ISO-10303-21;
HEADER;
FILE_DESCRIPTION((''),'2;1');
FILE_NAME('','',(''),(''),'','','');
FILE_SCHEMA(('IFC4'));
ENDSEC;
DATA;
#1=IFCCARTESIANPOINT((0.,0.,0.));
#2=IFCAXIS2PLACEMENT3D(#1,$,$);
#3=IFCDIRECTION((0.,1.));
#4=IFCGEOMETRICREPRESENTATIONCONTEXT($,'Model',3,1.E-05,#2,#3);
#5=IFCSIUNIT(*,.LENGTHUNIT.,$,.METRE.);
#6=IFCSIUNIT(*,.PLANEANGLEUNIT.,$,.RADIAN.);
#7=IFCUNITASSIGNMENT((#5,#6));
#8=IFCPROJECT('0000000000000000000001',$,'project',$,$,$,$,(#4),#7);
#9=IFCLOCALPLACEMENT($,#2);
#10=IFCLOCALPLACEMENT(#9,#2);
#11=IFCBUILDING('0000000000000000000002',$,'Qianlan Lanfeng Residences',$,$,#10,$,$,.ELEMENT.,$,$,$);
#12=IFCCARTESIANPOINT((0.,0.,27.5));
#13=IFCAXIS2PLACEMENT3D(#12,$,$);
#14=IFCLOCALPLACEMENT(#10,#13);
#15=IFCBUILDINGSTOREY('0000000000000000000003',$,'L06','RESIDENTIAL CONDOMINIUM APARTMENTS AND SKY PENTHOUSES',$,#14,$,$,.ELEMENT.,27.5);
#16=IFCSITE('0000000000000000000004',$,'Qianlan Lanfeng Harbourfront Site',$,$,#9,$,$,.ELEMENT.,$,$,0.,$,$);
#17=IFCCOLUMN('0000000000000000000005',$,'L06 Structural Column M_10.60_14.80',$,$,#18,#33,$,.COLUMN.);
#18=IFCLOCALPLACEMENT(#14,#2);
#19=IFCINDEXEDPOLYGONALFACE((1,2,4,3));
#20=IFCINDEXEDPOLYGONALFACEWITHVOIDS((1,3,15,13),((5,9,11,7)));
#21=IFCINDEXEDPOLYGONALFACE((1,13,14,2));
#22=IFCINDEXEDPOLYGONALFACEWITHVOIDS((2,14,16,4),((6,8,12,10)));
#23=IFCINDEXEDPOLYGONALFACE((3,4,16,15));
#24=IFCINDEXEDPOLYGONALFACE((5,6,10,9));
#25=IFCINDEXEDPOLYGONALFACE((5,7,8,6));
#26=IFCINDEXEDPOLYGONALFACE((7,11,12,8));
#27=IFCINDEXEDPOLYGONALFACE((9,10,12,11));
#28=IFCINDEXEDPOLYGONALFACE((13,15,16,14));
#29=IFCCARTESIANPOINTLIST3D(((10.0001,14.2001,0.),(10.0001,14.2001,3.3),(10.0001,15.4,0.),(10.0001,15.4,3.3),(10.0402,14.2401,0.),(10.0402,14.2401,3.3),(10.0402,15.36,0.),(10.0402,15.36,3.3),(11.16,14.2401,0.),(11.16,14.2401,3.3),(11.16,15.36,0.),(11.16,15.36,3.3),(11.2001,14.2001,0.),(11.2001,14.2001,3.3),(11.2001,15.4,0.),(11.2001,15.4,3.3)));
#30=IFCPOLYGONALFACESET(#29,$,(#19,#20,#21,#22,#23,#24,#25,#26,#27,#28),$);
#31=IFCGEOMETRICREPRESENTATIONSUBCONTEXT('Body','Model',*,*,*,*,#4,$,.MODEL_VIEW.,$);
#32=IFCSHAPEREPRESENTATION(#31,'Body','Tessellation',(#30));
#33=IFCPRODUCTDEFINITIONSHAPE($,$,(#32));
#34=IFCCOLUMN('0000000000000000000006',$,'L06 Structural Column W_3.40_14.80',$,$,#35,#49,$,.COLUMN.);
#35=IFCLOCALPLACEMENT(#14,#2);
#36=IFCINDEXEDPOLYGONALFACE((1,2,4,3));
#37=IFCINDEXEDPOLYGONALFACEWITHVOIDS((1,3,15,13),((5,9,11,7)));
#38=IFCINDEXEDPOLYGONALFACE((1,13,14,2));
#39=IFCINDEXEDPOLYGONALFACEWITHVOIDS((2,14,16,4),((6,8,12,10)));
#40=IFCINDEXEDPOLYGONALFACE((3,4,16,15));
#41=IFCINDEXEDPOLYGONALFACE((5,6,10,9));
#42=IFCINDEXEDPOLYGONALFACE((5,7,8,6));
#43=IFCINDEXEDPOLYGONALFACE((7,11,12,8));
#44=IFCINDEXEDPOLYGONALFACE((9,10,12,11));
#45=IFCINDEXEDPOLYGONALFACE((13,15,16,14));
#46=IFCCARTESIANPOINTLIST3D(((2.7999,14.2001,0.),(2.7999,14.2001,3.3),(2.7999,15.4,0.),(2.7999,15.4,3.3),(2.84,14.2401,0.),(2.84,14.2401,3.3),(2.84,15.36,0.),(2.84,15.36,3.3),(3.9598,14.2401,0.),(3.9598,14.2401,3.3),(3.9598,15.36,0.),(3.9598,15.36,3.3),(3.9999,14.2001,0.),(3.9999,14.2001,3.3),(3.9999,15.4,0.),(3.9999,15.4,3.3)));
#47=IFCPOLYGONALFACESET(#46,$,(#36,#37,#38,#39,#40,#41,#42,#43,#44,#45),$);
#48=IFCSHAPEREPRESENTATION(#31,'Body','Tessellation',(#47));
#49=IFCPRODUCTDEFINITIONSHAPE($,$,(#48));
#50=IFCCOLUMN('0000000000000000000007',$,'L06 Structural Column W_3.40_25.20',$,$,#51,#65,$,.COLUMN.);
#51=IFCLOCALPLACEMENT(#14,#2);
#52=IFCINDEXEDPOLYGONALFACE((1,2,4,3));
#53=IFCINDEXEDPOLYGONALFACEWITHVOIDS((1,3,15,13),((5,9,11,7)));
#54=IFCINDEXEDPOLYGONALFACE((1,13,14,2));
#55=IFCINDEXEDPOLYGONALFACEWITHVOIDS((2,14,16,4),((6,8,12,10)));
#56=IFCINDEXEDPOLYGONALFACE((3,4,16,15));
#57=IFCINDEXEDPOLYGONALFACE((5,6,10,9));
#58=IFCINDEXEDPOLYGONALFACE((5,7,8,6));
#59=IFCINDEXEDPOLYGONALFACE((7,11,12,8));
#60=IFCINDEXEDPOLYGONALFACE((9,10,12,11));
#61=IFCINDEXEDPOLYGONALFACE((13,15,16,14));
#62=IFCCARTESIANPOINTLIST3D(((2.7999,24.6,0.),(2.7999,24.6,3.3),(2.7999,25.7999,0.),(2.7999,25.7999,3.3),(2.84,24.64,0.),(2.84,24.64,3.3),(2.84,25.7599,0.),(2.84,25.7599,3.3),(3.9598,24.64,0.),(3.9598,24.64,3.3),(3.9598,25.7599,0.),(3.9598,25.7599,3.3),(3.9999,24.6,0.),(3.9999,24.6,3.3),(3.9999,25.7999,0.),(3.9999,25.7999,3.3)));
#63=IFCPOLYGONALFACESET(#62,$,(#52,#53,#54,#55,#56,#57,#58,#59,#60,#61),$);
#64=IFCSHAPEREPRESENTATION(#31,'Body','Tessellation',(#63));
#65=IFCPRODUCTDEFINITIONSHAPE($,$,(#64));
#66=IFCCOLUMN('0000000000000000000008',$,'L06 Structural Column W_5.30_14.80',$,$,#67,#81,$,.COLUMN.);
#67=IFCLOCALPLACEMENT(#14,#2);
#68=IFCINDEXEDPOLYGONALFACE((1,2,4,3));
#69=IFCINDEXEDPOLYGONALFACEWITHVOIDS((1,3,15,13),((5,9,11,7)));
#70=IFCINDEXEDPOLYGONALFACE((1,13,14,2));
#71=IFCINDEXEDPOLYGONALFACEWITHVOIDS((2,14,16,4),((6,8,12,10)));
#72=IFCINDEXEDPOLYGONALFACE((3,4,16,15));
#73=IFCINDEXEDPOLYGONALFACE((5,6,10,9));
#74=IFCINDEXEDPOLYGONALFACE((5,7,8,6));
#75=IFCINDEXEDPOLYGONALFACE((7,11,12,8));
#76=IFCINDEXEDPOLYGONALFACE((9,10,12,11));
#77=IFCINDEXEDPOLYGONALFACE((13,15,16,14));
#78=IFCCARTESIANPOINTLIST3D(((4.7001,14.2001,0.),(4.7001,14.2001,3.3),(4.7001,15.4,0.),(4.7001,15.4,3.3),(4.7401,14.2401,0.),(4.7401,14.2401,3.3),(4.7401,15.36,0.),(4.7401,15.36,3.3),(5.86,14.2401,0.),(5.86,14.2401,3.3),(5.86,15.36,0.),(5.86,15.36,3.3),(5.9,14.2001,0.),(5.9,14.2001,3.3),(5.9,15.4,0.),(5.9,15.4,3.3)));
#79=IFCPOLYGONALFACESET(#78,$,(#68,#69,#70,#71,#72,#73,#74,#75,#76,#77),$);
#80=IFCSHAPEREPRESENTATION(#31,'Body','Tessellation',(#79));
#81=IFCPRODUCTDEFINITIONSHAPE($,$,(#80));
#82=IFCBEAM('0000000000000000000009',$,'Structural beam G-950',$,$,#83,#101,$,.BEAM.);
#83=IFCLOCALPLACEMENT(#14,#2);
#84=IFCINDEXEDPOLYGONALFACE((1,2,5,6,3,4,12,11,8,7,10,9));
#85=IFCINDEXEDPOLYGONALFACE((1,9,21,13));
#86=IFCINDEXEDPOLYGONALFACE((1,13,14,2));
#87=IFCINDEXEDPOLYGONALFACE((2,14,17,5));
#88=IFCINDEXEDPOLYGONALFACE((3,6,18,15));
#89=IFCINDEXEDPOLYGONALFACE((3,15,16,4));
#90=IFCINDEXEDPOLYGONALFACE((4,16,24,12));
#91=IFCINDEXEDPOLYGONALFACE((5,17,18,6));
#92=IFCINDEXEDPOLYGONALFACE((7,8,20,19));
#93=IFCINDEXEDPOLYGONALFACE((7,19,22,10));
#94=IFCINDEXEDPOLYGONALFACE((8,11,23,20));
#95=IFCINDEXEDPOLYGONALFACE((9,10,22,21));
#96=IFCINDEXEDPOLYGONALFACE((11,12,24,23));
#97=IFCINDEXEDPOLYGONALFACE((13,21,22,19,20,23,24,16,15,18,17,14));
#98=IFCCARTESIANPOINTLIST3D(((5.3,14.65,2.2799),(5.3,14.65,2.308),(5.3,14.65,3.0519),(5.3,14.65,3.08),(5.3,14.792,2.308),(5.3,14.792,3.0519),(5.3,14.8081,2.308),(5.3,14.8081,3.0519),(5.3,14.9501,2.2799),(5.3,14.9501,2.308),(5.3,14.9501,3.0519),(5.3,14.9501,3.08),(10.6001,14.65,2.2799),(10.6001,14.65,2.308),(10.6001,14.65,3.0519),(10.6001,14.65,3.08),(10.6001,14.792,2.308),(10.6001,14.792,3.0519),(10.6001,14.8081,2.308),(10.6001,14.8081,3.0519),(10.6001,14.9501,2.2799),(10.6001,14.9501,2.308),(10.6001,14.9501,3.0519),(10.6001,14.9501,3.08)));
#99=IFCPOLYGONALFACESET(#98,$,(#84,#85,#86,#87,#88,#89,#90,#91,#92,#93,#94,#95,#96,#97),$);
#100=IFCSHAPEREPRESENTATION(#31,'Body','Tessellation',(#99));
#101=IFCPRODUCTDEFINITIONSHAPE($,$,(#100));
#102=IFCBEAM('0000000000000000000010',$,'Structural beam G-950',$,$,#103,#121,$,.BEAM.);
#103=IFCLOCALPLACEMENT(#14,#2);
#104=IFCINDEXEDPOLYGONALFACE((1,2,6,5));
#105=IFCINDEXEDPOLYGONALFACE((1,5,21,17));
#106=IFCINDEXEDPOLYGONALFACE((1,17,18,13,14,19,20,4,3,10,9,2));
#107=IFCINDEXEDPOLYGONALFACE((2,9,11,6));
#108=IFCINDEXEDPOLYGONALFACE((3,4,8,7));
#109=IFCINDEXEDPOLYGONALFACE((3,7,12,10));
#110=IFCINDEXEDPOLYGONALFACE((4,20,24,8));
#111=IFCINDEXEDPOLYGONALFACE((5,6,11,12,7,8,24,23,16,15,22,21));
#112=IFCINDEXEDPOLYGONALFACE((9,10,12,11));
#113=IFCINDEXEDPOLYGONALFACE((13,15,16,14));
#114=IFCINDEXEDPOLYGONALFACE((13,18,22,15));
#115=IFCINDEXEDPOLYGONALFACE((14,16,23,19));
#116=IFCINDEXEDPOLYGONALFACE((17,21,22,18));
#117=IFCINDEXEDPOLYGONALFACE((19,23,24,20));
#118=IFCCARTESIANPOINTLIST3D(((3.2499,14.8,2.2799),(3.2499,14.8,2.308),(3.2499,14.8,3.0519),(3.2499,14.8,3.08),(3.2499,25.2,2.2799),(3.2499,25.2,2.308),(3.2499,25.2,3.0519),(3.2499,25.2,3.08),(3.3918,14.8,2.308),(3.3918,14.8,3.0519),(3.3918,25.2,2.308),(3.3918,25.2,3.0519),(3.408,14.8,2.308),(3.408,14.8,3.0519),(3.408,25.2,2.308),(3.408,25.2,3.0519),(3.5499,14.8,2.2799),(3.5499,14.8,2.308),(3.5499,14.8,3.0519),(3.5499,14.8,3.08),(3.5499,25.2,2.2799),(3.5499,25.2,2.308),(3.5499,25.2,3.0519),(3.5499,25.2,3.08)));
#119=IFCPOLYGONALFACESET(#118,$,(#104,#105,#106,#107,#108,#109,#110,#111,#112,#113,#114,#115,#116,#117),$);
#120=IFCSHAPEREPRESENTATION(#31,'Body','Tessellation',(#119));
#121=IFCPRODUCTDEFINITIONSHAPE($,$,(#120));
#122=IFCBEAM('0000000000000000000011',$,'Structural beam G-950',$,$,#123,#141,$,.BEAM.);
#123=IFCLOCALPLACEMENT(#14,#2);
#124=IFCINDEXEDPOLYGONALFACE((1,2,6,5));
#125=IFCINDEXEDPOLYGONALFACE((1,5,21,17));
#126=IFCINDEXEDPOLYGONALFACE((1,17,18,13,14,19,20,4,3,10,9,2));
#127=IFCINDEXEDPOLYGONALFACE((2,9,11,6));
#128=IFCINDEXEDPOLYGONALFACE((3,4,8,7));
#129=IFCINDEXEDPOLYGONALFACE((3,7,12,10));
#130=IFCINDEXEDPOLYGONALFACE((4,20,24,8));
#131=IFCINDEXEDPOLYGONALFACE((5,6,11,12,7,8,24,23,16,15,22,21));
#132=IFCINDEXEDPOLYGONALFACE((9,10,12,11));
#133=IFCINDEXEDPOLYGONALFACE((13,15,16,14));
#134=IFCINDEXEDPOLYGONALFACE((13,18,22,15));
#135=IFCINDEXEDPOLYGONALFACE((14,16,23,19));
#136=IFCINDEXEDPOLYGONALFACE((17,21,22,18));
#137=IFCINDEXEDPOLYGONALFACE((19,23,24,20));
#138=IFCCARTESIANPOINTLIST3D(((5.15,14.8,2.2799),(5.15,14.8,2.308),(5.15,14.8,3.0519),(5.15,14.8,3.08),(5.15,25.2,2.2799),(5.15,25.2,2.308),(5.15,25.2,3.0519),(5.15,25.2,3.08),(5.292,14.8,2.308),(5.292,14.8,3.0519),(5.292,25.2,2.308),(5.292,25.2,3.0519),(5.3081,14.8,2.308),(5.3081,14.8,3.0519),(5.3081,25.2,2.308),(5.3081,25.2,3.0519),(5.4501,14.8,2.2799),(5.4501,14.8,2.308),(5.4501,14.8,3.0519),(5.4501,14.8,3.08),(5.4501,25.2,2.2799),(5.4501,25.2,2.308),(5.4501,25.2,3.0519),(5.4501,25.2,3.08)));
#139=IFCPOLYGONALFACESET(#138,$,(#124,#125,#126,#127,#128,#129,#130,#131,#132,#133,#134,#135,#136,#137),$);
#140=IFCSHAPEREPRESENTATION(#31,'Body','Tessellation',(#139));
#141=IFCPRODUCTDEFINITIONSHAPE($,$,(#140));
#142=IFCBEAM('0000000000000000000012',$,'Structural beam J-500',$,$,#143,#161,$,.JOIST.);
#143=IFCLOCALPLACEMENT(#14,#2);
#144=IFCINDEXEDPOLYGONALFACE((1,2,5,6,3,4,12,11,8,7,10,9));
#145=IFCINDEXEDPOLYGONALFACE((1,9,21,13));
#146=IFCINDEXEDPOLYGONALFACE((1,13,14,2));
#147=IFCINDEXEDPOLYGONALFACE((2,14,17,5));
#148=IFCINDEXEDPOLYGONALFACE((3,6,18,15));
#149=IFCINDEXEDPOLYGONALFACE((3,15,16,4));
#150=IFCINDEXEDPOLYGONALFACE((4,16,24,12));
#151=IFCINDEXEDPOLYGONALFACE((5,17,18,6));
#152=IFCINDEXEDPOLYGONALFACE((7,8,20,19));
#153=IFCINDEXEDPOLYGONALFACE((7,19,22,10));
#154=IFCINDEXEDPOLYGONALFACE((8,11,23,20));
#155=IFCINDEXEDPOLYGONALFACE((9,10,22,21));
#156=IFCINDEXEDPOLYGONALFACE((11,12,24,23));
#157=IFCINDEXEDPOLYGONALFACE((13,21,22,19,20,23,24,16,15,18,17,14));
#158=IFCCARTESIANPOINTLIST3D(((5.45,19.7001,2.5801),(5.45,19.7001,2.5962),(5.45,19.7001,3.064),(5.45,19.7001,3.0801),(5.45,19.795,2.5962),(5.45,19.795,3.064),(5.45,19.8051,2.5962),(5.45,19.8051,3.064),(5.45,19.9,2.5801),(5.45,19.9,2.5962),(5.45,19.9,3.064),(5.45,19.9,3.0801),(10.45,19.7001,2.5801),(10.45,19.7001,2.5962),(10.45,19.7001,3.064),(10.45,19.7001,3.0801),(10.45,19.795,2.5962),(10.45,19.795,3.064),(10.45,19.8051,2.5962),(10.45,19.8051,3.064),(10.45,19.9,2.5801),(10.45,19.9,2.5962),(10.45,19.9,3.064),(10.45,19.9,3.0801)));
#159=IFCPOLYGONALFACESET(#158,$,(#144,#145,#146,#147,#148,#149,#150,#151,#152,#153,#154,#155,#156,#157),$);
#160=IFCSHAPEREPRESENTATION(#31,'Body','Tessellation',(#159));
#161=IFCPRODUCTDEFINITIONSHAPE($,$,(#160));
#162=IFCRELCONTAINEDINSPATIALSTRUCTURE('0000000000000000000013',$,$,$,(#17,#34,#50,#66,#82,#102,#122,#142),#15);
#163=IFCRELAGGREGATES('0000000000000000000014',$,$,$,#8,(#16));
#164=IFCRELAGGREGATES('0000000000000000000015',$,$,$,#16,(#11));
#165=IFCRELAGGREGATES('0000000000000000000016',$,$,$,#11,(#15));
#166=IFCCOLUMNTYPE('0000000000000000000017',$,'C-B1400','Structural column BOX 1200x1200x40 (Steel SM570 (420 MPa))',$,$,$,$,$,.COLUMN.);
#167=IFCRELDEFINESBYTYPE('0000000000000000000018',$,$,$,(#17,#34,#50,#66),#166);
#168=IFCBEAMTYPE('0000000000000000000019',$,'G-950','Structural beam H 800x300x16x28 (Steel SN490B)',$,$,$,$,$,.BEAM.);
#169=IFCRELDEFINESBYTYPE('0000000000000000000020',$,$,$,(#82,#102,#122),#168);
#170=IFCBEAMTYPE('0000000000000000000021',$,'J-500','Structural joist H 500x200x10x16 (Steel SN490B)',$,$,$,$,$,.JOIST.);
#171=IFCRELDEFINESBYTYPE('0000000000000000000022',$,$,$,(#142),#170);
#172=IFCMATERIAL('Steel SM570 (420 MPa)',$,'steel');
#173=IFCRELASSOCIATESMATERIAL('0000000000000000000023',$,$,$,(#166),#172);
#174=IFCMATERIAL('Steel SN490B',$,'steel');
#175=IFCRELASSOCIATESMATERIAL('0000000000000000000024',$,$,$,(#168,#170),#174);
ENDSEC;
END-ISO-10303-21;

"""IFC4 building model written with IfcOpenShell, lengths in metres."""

from ifc_helpers import new_model, si_unit, direction, frame, origin, origin_2d, place, context, subcontext, project, spatial, hollow_rectangle, i_section, extrude, material, material_profile, profile_set, type_object, element, save


model = new_model("IFC4")

# Units and contexts
model_context = context("Model", 3, precision=1e-05, world=origin(), true_north=direction((0.0, 1.0)))
body_context = subcontext(model_context, "Body", "Model", "MODEL_VIEW")
ifc_project = project(units=[si_unit("LENGTHUNIT", "METRE"), si_unit("PLANEANGLEUNIT", "RADIAN")], contexts=[model_context])

# Site, building, storey
site_placement = place(None, origin())
site = spatial("IfcSite", under=ifc_project, at=site_placement, Name="Qianlan Lanfeng Harbourfront Site", CompositionType="ELEMENT", RefElevation=0.0)
building_placement = place(site_placement, origin())
building = spatial("IfcBuilding", under=site, at=building_placement, Name="Qianlan Lanfeng Residences", CompositionType="ELEMENT")
storey_placement = place(building_placement, frame((0.0, 0.0, 27.5)))
storey = spatial("IfcBuildingStorey", under=building, at=storey_placement, Name="L06", Description="RESIDENTIAL CONDOMINIUM APARTMENTS AND SKY PENTHOUSES", CompositionType="ELEMENT", Elevation=27.5)

# Columns
ifc_material_1 = material(Name="Steel SM570 (420 MPa)", Category="steel")
ifc_material_profile_1 = material_profile(ifc_material_1, hollow_rectangle(XDim=1.2, YDim=1.2, WallThickness=0.04, at=origin_2d()), Name="BOX 1200x1200x40")
ifc_profile_set_1 = profile_set([ifc_material_profile_1], Name="Steel SM570 (420 MPa)")
column_type = type_object("IfcColumnType", Name="C-B1400", Description="Structural column BOX 1200x1200x40 (Steel SM570 (420 MPa))", PredefinedType="COLUMN", material=ifc_profile_set_1)
for number, where, z_axis, x_axis, name in (
    (1, (10.6001, 14.8, 0.0), (0.0, 0.0, 1.0), (1.0, 0.0, 0.0), "L06 Structural Column M_10.60_14.80"),
    (2, (3.3999, 14.8, 0.0), (0.0, 0.0, 1.0), (1.0, 0.0, 0.0), "L06 Structural Column W_3.40_14.80"),
    (3, (3.3999, 25.2, 0.0), (0.0, 0.0, 1.0), (1.0, 0.0, 0.0), "L06 Structural Column W_3.40_25.20"),
    (4, (5.3, 14.8, 0.0), (0.0, 0.0, 1.0), (1.0, 0.0, 0.0), "L06 Structural Column W_5.30_14.80"),
):
    element("IfcColumn", number, at=place(storey_placement, frame(where, z_axis=z_axis, x_axis=x_axis)), inside=storey, type_object=column_type, Name=name, PredefinedType="COLUMN", context=body_context, shape_type="SweptSolid", body=[
        extrude(hollow_rectangle(XDim=1.2, YDim=1.2, WallThickness=0.04, at=origin_2d()), origin(), (0.0, 0.0, 1.0), 3.3),
    ])

# Beams
ifc_material_2 = material(Name="Steel SN490B", Category="steel")
ifc_material_profile_2 = material_profile(ifc_material_2, i_section(OverallWidth=0.3, OverallDepth=0.8, WebThickness=0.0161, FlangeThickness=0.0281, at=origin_2d()), Name="H 800x300x16x28")
ifc_profile_set_2 = profile_set([ifc_material_profile_2], Name="Steel SN490B")
beam_type_1 = type_object("IfcBeamType", Name="G-950", Description="Structural beam H 800x300x16x28 (Steel SN490B)", PredefinedType="BEAM", material=ifc_profile_set_2)
beam_1_placement = place(storey_placement, frame((5.3, 14.8, 2.6799), z_axis=(1.0, 0.0, 0.0), x_axis=(0.0, 1.0, 0.0)))
element("IfcBeam", 5, at=beam_1_placement, inside=storey, type_object=beam_type_1, Name="Structural beam G-950", PredefinedType="BEAM", context=body_context, shape_type="SweptSolid", body=[
    extrude(i_section(OverallWidth=0.3, OverallDepth=0.8, WebThickness=0.0161, FlangeThickness=0.0281, at=origin_2d()), origin(), (0.0, 0.0, 1.0), 5.3),
])
for number, where, z_axis, x_axis, name in (
    (6, (3.3999, 14.8, 2.6799), (0.0, 1.0, 0.0), (-1.0, 0.0, 0.0), "Structural beam G-950"),
    (7, (5.3, 14.8, 2.6799), (0.0, 1.0, 0.0), (-1.0, 0.0, 0.0), "Structural beam G-950"),
):
    element("IfcBeam", number, at=place(storey_placement, frame(where, z_axis=z_axis, x_axis=x_axis)), inside=storey, type_object=beam_type_1, Name=name, PredefinedType="BEAM", context=body_context, shape_type="SweptSolid", body=[
        extrude(i_section(OverallWidth=0.3, OverallDepth=0.8, WebThickness=0.0161, FlangeThickness=0.0281, at=origin_2d()), origin(), (0.0, 0.0, 1.0), 10.3999),
    ])
ifc_material_profile_3 = material_profile(ifc_material_2, i_section(OverallWidth=0.2, OverallDepth=0.5, WebThickness=0.01, FlangeThickness=0.0161, at=origin_2d()), Name="H 500x200x10x16")
ifc_profile_set_3 = profile_set([ifc_material_profile_3], Name="Steel SN490B")
beam_type_2 = type_object("IfcBeamType", Name="J-500", Description="Structural joist H 500x200x10x16 (Steel SN490B)", PredefinedType="JOIST", material=ifc_profile_set_3)
beam_2_placement = place(storey_placement, frame((5.45, 19.8, 2.8301), z_axis=(1.0, 0.0, 0.0), x_axis=(0.0, 1.0, 0.0)))
element("IfcBeam", 8, at=beam_2_placement, inside=storey, type_object=beam_type_2, Name="Structural beam J-500", PredefinedType="JOIST", context=body_context, shape_type="SweptSolid", body=[
    extrude(i_section(OverallWidth=0.2, OverallDepth=0.5, WebThickness=0.01, FlangeThickness=0.0161, at=origin_2d()), origin(), (0.0, 0.0, 1.0), 5.0),
])

save(model, "model.ifc")
